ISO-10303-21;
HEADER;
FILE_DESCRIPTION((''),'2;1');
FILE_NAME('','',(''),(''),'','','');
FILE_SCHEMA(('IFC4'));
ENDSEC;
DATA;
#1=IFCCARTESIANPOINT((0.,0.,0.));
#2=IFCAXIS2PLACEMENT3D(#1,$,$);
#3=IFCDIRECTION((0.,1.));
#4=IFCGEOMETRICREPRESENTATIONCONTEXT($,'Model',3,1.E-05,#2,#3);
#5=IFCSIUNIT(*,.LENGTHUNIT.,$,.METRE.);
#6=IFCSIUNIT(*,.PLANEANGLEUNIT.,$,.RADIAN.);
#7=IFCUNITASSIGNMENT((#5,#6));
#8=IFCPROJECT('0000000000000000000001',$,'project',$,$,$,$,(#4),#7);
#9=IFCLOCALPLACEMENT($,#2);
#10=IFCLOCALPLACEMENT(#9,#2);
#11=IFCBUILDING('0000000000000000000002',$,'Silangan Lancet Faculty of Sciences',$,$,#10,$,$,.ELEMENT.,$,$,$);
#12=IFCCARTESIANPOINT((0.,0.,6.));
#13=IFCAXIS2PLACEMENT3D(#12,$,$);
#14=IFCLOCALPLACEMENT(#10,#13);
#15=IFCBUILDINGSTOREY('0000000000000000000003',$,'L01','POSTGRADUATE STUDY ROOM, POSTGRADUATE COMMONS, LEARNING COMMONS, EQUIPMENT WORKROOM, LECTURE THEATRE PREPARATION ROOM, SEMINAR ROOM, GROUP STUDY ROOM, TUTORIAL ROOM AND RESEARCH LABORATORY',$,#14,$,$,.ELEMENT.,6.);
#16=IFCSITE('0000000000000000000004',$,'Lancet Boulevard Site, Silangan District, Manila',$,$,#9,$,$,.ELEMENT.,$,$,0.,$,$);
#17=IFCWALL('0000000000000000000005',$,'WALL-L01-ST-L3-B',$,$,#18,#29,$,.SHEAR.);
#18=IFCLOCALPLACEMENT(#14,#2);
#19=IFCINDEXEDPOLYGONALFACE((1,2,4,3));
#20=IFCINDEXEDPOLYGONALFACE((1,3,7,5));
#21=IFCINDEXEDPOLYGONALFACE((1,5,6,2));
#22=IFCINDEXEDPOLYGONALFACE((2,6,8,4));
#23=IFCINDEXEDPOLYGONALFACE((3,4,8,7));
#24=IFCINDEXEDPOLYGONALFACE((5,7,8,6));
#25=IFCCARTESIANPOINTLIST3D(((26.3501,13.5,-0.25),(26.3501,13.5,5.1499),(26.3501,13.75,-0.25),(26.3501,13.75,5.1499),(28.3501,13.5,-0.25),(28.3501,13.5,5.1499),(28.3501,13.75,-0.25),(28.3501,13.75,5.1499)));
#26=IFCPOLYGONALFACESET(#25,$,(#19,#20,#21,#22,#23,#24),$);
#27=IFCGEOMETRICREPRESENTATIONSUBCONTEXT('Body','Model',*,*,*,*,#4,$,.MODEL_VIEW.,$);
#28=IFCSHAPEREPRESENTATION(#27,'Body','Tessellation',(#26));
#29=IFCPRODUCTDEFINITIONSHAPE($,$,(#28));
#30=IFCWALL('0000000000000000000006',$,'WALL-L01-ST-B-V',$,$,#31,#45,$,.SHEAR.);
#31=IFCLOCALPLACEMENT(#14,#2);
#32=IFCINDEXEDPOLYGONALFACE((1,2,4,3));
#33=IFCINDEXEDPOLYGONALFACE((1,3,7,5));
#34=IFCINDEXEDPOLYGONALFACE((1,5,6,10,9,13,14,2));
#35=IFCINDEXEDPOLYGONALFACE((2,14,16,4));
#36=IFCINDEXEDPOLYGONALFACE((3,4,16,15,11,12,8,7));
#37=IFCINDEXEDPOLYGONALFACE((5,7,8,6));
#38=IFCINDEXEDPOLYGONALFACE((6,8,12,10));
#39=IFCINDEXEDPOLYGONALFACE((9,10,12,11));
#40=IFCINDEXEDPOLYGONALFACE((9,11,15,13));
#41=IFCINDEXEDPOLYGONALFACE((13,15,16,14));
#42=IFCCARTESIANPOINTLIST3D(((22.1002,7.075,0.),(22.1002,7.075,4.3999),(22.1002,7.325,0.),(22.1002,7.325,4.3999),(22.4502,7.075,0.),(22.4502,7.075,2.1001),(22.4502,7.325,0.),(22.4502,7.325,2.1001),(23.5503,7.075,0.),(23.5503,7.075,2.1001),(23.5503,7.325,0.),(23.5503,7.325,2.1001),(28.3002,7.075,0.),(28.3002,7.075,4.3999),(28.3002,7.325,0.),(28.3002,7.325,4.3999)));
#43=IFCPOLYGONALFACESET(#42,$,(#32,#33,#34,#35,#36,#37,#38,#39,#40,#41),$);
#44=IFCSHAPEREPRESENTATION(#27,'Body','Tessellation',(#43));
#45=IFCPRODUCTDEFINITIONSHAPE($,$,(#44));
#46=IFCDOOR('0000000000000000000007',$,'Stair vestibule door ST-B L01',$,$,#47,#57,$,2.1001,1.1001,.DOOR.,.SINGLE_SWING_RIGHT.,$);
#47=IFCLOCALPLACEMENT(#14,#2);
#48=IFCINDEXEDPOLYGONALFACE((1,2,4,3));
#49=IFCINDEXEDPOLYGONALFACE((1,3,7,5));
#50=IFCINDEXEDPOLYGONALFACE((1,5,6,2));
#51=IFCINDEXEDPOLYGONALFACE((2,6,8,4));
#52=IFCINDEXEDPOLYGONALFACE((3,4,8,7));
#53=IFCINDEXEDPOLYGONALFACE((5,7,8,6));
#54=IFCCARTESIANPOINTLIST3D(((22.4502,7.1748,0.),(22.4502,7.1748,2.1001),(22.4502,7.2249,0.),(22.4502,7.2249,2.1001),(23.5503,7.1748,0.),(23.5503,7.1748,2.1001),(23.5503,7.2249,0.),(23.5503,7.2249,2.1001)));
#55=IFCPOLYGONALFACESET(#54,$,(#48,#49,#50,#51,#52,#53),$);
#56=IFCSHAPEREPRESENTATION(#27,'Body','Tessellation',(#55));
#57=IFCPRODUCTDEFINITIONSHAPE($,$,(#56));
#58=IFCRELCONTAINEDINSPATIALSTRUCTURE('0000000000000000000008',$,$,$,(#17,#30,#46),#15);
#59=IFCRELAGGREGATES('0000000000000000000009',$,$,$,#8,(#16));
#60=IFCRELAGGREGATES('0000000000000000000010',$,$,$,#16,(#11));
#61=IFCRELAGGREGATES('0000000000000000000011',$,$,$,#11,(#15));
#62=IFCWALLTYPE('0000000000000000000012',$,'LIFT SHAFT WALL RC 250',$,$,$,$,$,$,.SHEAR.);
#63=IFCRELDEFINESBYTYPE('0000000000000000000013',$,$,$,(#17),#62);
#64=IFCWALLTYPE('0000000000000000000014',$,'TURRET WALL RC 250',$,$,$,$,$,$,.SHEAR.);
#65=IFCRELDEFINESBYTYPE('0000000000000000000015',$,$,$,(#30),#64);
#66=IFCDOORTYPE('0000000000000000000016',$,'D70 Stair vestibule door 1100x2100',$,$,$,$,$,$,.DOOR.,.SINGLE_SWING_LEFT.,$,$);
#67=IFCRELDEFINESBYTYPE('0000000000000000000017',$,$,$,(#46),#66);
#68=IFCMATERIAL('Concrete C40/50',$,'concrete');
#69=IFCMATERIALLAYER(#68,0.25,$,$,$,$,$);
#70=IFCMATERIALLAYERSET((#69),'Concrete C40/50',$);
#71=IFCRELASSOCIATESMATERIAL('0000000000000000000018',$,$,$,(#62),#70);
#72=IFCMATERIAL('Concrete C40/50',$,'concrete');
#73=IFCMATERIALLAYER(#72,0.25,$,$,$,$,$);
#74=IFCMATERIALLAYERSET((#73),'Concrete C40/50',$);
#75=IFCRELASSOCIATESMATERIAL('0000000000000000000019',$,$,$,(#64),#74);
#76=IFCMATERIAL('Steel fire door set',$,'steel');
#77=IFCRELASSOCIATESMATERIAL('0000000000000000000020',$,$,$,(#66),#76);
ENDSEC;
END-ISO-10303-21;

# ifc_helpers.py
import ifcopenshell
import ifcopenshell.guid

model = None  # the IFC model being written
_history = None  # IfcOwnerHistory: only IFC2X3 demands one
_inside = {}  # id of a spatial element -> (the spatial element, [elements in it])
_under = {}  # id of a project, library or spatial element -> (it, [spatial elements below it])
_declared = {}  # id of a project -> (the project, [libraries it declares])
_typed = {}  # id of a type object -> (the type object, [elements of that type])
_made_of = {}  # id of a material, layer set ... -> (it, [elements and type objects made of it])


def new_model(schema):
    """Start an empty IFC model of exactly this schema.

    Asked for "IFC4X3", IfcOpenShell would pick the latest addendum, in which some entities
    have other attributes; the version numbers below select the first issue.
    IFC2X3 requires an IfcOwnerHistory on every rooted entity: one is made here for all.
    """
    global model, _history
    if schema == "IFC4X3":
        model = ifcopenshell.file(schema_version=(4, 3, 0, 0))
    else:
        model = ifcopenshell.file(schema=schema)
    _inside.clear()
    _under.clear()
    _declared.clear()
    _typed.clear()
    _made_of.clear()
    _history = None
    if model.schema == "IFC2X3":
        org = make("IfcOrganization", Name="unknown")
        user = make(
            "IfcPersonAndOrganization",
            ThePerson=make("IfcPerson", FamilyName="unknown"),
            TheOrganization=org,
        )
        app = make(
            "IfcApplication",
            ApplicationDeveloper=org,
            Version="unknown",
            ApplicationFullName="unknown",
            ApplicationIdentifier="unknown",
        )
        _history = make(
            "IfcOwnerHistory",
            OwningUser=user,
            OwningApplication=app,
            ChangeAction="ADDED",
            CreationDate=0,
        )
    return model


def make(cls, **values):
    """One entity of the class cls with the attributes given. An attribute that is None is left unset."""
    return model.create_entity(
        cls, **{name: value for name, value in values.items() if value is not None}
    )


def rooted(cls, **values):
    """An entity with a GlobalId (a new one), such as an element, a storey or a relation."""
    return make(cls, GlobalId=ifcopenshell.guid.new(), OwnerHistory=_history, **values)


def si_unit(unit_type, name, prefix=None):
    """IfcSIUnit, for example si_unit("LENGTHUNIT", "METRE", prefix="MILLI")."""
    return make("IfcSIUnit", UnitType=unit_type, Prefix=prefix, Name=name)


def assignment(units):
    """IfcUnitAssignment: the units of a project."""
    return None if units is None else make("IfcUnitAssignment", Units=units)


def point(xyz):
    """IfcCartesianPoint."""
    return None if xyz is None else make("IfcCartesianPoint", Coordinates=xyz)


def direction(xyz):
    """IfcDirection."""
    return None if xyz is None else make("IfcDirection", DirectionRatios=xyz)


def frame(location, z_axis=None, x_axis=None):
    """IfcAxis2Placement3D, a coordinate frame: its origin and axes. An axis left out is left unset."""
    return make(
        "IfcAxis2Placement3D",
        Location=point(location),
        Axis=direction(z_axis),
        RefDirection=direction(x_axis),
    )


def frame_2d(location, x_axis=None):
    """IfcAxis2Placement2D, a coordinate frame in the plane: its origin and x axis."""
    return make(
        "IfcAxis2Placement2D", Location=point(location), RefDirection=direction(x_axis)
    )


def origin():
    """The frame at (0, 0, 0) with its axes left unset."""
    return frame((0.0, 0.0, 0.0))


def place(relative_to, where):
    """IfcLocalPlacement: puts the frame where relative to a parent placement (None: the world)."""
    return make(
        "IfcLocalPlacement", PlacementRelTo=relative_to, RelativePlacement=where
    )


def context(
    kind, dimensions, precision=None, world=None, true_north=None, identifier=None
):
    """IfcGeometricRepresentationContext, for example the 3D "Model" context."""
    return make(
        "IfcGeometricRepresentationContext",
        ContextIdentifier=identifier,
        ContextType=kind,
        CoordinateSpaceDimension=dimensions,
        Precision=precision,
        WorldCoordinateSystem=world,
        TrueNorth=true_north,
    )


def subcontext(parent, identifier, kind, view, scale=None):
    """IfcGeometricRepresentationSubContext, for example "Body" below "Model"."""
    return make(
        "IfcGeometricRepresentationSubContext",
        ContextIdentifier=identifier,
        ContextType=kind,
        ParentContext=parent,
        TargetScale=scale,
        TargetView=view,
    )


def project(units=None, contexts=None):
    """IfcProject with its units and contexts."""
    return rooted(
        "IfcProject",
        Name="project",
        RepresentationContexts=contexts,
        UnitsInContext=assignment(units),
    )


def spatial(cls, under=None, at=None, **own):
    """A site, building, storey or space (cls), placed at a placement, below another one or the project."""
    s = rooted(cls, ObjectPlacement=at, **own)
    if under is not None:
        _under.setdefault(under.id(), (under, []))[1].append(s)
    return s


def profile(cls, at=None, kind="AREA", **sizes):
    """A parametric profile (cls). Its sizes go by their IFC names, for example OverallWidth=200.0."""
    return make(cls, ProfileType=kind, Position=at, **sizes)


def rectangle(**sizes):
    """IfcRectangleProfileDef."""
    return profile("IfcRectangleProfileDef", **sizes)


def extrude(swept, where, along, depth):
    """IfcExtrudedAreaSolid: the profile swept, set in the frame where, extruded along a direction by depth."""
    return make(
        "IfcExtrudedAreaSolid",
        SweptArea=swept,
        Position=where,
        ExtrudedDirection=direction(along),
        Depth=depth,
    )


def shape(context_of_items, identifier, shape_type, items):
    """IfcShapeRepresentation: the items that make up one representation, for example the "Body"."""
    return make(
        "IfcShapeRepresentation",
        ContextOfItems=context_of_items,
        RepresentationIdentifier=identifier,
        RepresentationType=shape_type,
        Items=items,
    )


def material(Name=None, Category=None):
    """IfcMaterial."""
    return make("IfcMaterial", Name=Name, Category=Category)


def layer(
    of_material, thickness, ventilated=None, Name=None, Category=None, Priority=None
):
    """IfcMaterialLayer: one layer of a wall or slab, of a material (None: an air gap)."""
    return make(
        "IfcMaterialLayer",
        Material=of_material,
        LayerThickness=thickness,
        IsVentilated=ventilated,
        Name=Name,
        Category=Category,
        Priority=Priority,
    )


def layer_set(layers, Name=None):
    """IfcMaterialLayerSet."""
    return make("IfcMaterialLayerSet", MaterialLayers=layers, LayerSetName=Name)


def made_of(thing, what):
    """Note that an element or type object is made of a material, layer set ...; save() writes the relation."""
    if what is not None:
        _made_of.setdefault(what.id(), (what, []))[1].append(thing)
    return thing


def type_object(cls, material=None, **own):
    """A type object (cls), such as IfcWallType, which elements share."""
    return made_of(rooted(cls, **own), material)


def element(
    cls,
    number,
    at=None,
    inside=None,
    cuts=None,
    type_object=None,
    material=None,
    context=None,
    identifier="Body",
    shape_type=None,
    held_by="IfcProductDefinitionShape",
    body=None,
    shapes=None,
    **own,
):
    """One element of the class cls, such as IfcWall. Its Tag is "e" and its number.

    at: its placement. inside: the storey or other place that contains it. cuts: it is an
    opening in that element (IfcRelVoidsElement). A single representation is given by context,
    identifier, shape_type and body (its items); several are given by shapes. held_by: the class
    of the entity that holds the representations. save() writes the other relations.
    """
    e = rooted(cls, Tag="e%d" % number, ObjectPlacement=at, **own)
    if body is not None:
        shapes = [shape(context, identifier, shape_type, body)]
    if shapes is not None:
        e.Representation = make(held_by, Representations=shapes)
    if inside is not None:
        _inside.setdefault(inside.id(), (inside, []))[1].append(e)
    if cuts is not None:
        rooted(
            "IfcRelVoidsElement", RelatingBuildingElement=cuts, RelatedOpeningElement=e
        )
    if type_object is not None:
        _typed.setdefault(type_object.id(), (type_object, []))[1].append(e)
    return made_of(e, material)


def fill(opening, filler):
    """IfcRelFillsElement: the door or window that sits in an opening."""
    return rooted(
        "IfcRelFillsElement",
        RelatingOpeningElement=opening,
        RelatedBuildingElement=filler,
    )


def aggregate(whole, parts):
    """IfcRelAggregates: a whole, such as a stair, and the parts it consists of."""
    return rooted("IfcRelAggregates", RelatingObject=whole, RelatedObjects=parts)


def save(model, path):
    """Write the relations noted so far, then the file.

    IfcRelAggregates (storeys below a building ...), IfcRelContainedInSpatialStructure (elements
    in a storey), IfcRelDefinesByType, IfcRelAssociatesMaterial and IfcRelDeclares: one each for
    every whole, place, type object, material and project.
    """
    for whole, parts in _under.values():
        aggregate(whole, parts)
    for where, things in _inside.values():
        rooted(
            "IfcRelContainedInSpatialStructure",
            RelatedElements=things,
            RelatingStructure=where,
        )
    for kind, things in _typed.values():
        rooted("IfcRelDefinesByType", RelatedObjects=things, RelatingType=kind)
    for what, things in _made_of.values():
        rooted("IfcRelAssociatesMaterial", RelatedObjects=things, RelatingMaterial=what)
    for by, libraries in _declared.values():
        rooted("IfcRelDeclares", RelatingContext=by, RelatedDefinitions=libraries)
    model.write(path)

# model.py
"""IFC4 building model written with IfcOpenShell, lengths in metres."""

from ifc_helpers import new_model, si_unit, direction, frame, frame_2d, origin, place, context, subcontext, project, spatial, rectangle, extrude, material, layer, layer_set, type_object, element, fill, save


model = new_model("IFC4")

# Units and contexts
model_context = context("Model", 3, precision=1e-05, world=origin(), true_north=direction((0.0, 1.0)))
body_context = subcontext(model_context, "Body", "Model", "MODEL_VIEW")
ifc_project = project(units=[si_unit("LENGTHUNIT", "METRE"), si_unit("PLANEANGLEUNIT", "RADIAN")], contexts=[model_context])

# Site, building, storey
site_placement = place(None, origin())
site = spatial("IfcSite", under=ifc_project, at=site_placement, Name="Lancet Boulevard Site, Silangan District, Manila", CompositionType="ELEMENT", RefElevation=0.0)
building_placement = place(site_placement, origin())
building = spatial("IfcBuilding", under=site, at=building_placement, Name="Silangan Lancet Faculty of Sciences", CompositionType="ELEMENT")
storey_placement = place(building_placement, frame((0.0, 0.0, 6.0)))
storey = spatial("IfcBuildingStorey", under=building, at=storey_placement, Name="L01", Description="POSTGRADUATE STUDY ROOM, POSTGRADUATE COMMONS, LEARNING COMMONS, EQUIPMENT WORKROOM, LECTURE THEATRE PREPARATION ROOM, SEMINAR ROOM, GROUP STUDY ROOM, TUTORIAL ROOM AND RESEARCH LABORATORY", CompositionType="ELEMENT", Elevation=6.0)

# Shared definitions
ifc_material_1 = material(Name="Concrete C40/50", Category="concrete")
ifc_layer_1 = layer(ifc_material_1, 0.25)
ifc_layer_set_1 = layer_set([ifc_layer_1], Name="Concrete C40/50")
wall_type_1 = type_object("IfcWallType", Name="LIFT SHAFT WALL RC 250", PredefinedType="SHEAR", material=ifc_layer_set_1)

# Wall
wall_1_placement = place(storey_placement, frame((26.3501, 13.625, -0.25), z_axis=(0.0, 0.0, 1.0), x_axis=(1.0, 0.0, 0.0)))
element("IfcWall", 1, at=wall_1_placement, inside=storey, type_object=wall_type_1, Name="WALL-L01-ST-L3-B", PredefinedType="SHEAR", context=body_context, shape_type="SweptSolid", body=[
    extrude(rectangle(XDim=2.0, YDim=0.25, at=frame_2d((1.0, 0.0))), origin(), (0.0, 0.0, 1.0), 5.3999),
])

# Wall, opening, door
ifc_material_2 = material(Name="Concrete C40/50", Category="concrete")
ifc_layer_2 = layer(ifc_material_2, 0.25)
ifc_layer_set_2 = layer_set([ifc_layer_2], Name="Concrete C40/50")
wall_type_2 = type_object("IfcWallType", Name="TURRET WALL RC 250", PredefinedType="SHEAR", material=ifc_layer_set_2)
wall_2_placement = place(storey_placement, frame((22.1001, 7.2, 0.0), z_axis=(0.0, 0.0, 1.0), x_axis=(1.0, 0.0, 0.0)))
wall_2 = element("IfcWall", 2, at=wall_2_placement, inside=storey, type_object=wall_type_2, Name="WALL-L01-ST-B-V", PredefinedType="SHEAR", context=body_context, shape_type="SweptSolid", body=[
    extrude(rectangle(XDim=6.2, YDim=0.25, at=frame_2d((3.1001, 0.0))), origin(), (0.0, 0.0, 1.0), 4.3999),
])
opening_1_placement = place(wall_2_placement, frame((0.3501, 0.0, 0.0)))
opening_1 = element("IfcOpeningElement", 3, at=opening_1_placement, cuts=wall_2, PredefinedType="OPENING", context=body_context, shape_type="SweptSolid", body=[
    extrude(rectangle(XDim=1.1001, YDim=2.1001, at=frame_2d((0.55, 1.05))), frame((0.0, 0.135, 0.0), z_axis=(0.0, -1.0, 0.0), x_axis=(1.0, 0.0, 0.0)), (0.0, 0.0, 1.0), 0.27),
])
ifc_material_3 = material(Name="Steel fire door set", Category="steel")
door_type_1 = type_object("IfcDoorType", Name="D70 Stair vestibule door 1100x2100", OperationType="SINGLE_SWING_LEFT", PredefinedType="DOOR", material=ifc_material_3)
door_1_placement = place(opening_1_placement, frame((1.1001, 0.0, 0.0), z_axis=(0.0, 0.0, 1.0), x_axis=(-1.0, 0.0, 0.0)))
door_1 = element("IfcDoor", 4, at=door_1_placement, inside=storey, type_object=door_type_1, Name="Stair vestibule door ST-B L01", OperationType="SINGLE_SWING_RIGHT", OverallHeight=2.1001, OverallWidth=1.1001, PredefinedType="DOOR", context=body_context, shape_type="SweptSolid", body=[
    extrude(rectangle(XDim=1.1001, YDim=2.1001, at=frame_2d((0.55, 1.05))), frame((0.0, 0.0251, 0.0), z_axis=(0.0, -1.0, 0.0), x_axis=(1.0, 0.0, 0.0)), (0.0, 0.0, 1.0), 0.05),
])
fill(opening_1, door_1)

save(model, "model.ifc")
